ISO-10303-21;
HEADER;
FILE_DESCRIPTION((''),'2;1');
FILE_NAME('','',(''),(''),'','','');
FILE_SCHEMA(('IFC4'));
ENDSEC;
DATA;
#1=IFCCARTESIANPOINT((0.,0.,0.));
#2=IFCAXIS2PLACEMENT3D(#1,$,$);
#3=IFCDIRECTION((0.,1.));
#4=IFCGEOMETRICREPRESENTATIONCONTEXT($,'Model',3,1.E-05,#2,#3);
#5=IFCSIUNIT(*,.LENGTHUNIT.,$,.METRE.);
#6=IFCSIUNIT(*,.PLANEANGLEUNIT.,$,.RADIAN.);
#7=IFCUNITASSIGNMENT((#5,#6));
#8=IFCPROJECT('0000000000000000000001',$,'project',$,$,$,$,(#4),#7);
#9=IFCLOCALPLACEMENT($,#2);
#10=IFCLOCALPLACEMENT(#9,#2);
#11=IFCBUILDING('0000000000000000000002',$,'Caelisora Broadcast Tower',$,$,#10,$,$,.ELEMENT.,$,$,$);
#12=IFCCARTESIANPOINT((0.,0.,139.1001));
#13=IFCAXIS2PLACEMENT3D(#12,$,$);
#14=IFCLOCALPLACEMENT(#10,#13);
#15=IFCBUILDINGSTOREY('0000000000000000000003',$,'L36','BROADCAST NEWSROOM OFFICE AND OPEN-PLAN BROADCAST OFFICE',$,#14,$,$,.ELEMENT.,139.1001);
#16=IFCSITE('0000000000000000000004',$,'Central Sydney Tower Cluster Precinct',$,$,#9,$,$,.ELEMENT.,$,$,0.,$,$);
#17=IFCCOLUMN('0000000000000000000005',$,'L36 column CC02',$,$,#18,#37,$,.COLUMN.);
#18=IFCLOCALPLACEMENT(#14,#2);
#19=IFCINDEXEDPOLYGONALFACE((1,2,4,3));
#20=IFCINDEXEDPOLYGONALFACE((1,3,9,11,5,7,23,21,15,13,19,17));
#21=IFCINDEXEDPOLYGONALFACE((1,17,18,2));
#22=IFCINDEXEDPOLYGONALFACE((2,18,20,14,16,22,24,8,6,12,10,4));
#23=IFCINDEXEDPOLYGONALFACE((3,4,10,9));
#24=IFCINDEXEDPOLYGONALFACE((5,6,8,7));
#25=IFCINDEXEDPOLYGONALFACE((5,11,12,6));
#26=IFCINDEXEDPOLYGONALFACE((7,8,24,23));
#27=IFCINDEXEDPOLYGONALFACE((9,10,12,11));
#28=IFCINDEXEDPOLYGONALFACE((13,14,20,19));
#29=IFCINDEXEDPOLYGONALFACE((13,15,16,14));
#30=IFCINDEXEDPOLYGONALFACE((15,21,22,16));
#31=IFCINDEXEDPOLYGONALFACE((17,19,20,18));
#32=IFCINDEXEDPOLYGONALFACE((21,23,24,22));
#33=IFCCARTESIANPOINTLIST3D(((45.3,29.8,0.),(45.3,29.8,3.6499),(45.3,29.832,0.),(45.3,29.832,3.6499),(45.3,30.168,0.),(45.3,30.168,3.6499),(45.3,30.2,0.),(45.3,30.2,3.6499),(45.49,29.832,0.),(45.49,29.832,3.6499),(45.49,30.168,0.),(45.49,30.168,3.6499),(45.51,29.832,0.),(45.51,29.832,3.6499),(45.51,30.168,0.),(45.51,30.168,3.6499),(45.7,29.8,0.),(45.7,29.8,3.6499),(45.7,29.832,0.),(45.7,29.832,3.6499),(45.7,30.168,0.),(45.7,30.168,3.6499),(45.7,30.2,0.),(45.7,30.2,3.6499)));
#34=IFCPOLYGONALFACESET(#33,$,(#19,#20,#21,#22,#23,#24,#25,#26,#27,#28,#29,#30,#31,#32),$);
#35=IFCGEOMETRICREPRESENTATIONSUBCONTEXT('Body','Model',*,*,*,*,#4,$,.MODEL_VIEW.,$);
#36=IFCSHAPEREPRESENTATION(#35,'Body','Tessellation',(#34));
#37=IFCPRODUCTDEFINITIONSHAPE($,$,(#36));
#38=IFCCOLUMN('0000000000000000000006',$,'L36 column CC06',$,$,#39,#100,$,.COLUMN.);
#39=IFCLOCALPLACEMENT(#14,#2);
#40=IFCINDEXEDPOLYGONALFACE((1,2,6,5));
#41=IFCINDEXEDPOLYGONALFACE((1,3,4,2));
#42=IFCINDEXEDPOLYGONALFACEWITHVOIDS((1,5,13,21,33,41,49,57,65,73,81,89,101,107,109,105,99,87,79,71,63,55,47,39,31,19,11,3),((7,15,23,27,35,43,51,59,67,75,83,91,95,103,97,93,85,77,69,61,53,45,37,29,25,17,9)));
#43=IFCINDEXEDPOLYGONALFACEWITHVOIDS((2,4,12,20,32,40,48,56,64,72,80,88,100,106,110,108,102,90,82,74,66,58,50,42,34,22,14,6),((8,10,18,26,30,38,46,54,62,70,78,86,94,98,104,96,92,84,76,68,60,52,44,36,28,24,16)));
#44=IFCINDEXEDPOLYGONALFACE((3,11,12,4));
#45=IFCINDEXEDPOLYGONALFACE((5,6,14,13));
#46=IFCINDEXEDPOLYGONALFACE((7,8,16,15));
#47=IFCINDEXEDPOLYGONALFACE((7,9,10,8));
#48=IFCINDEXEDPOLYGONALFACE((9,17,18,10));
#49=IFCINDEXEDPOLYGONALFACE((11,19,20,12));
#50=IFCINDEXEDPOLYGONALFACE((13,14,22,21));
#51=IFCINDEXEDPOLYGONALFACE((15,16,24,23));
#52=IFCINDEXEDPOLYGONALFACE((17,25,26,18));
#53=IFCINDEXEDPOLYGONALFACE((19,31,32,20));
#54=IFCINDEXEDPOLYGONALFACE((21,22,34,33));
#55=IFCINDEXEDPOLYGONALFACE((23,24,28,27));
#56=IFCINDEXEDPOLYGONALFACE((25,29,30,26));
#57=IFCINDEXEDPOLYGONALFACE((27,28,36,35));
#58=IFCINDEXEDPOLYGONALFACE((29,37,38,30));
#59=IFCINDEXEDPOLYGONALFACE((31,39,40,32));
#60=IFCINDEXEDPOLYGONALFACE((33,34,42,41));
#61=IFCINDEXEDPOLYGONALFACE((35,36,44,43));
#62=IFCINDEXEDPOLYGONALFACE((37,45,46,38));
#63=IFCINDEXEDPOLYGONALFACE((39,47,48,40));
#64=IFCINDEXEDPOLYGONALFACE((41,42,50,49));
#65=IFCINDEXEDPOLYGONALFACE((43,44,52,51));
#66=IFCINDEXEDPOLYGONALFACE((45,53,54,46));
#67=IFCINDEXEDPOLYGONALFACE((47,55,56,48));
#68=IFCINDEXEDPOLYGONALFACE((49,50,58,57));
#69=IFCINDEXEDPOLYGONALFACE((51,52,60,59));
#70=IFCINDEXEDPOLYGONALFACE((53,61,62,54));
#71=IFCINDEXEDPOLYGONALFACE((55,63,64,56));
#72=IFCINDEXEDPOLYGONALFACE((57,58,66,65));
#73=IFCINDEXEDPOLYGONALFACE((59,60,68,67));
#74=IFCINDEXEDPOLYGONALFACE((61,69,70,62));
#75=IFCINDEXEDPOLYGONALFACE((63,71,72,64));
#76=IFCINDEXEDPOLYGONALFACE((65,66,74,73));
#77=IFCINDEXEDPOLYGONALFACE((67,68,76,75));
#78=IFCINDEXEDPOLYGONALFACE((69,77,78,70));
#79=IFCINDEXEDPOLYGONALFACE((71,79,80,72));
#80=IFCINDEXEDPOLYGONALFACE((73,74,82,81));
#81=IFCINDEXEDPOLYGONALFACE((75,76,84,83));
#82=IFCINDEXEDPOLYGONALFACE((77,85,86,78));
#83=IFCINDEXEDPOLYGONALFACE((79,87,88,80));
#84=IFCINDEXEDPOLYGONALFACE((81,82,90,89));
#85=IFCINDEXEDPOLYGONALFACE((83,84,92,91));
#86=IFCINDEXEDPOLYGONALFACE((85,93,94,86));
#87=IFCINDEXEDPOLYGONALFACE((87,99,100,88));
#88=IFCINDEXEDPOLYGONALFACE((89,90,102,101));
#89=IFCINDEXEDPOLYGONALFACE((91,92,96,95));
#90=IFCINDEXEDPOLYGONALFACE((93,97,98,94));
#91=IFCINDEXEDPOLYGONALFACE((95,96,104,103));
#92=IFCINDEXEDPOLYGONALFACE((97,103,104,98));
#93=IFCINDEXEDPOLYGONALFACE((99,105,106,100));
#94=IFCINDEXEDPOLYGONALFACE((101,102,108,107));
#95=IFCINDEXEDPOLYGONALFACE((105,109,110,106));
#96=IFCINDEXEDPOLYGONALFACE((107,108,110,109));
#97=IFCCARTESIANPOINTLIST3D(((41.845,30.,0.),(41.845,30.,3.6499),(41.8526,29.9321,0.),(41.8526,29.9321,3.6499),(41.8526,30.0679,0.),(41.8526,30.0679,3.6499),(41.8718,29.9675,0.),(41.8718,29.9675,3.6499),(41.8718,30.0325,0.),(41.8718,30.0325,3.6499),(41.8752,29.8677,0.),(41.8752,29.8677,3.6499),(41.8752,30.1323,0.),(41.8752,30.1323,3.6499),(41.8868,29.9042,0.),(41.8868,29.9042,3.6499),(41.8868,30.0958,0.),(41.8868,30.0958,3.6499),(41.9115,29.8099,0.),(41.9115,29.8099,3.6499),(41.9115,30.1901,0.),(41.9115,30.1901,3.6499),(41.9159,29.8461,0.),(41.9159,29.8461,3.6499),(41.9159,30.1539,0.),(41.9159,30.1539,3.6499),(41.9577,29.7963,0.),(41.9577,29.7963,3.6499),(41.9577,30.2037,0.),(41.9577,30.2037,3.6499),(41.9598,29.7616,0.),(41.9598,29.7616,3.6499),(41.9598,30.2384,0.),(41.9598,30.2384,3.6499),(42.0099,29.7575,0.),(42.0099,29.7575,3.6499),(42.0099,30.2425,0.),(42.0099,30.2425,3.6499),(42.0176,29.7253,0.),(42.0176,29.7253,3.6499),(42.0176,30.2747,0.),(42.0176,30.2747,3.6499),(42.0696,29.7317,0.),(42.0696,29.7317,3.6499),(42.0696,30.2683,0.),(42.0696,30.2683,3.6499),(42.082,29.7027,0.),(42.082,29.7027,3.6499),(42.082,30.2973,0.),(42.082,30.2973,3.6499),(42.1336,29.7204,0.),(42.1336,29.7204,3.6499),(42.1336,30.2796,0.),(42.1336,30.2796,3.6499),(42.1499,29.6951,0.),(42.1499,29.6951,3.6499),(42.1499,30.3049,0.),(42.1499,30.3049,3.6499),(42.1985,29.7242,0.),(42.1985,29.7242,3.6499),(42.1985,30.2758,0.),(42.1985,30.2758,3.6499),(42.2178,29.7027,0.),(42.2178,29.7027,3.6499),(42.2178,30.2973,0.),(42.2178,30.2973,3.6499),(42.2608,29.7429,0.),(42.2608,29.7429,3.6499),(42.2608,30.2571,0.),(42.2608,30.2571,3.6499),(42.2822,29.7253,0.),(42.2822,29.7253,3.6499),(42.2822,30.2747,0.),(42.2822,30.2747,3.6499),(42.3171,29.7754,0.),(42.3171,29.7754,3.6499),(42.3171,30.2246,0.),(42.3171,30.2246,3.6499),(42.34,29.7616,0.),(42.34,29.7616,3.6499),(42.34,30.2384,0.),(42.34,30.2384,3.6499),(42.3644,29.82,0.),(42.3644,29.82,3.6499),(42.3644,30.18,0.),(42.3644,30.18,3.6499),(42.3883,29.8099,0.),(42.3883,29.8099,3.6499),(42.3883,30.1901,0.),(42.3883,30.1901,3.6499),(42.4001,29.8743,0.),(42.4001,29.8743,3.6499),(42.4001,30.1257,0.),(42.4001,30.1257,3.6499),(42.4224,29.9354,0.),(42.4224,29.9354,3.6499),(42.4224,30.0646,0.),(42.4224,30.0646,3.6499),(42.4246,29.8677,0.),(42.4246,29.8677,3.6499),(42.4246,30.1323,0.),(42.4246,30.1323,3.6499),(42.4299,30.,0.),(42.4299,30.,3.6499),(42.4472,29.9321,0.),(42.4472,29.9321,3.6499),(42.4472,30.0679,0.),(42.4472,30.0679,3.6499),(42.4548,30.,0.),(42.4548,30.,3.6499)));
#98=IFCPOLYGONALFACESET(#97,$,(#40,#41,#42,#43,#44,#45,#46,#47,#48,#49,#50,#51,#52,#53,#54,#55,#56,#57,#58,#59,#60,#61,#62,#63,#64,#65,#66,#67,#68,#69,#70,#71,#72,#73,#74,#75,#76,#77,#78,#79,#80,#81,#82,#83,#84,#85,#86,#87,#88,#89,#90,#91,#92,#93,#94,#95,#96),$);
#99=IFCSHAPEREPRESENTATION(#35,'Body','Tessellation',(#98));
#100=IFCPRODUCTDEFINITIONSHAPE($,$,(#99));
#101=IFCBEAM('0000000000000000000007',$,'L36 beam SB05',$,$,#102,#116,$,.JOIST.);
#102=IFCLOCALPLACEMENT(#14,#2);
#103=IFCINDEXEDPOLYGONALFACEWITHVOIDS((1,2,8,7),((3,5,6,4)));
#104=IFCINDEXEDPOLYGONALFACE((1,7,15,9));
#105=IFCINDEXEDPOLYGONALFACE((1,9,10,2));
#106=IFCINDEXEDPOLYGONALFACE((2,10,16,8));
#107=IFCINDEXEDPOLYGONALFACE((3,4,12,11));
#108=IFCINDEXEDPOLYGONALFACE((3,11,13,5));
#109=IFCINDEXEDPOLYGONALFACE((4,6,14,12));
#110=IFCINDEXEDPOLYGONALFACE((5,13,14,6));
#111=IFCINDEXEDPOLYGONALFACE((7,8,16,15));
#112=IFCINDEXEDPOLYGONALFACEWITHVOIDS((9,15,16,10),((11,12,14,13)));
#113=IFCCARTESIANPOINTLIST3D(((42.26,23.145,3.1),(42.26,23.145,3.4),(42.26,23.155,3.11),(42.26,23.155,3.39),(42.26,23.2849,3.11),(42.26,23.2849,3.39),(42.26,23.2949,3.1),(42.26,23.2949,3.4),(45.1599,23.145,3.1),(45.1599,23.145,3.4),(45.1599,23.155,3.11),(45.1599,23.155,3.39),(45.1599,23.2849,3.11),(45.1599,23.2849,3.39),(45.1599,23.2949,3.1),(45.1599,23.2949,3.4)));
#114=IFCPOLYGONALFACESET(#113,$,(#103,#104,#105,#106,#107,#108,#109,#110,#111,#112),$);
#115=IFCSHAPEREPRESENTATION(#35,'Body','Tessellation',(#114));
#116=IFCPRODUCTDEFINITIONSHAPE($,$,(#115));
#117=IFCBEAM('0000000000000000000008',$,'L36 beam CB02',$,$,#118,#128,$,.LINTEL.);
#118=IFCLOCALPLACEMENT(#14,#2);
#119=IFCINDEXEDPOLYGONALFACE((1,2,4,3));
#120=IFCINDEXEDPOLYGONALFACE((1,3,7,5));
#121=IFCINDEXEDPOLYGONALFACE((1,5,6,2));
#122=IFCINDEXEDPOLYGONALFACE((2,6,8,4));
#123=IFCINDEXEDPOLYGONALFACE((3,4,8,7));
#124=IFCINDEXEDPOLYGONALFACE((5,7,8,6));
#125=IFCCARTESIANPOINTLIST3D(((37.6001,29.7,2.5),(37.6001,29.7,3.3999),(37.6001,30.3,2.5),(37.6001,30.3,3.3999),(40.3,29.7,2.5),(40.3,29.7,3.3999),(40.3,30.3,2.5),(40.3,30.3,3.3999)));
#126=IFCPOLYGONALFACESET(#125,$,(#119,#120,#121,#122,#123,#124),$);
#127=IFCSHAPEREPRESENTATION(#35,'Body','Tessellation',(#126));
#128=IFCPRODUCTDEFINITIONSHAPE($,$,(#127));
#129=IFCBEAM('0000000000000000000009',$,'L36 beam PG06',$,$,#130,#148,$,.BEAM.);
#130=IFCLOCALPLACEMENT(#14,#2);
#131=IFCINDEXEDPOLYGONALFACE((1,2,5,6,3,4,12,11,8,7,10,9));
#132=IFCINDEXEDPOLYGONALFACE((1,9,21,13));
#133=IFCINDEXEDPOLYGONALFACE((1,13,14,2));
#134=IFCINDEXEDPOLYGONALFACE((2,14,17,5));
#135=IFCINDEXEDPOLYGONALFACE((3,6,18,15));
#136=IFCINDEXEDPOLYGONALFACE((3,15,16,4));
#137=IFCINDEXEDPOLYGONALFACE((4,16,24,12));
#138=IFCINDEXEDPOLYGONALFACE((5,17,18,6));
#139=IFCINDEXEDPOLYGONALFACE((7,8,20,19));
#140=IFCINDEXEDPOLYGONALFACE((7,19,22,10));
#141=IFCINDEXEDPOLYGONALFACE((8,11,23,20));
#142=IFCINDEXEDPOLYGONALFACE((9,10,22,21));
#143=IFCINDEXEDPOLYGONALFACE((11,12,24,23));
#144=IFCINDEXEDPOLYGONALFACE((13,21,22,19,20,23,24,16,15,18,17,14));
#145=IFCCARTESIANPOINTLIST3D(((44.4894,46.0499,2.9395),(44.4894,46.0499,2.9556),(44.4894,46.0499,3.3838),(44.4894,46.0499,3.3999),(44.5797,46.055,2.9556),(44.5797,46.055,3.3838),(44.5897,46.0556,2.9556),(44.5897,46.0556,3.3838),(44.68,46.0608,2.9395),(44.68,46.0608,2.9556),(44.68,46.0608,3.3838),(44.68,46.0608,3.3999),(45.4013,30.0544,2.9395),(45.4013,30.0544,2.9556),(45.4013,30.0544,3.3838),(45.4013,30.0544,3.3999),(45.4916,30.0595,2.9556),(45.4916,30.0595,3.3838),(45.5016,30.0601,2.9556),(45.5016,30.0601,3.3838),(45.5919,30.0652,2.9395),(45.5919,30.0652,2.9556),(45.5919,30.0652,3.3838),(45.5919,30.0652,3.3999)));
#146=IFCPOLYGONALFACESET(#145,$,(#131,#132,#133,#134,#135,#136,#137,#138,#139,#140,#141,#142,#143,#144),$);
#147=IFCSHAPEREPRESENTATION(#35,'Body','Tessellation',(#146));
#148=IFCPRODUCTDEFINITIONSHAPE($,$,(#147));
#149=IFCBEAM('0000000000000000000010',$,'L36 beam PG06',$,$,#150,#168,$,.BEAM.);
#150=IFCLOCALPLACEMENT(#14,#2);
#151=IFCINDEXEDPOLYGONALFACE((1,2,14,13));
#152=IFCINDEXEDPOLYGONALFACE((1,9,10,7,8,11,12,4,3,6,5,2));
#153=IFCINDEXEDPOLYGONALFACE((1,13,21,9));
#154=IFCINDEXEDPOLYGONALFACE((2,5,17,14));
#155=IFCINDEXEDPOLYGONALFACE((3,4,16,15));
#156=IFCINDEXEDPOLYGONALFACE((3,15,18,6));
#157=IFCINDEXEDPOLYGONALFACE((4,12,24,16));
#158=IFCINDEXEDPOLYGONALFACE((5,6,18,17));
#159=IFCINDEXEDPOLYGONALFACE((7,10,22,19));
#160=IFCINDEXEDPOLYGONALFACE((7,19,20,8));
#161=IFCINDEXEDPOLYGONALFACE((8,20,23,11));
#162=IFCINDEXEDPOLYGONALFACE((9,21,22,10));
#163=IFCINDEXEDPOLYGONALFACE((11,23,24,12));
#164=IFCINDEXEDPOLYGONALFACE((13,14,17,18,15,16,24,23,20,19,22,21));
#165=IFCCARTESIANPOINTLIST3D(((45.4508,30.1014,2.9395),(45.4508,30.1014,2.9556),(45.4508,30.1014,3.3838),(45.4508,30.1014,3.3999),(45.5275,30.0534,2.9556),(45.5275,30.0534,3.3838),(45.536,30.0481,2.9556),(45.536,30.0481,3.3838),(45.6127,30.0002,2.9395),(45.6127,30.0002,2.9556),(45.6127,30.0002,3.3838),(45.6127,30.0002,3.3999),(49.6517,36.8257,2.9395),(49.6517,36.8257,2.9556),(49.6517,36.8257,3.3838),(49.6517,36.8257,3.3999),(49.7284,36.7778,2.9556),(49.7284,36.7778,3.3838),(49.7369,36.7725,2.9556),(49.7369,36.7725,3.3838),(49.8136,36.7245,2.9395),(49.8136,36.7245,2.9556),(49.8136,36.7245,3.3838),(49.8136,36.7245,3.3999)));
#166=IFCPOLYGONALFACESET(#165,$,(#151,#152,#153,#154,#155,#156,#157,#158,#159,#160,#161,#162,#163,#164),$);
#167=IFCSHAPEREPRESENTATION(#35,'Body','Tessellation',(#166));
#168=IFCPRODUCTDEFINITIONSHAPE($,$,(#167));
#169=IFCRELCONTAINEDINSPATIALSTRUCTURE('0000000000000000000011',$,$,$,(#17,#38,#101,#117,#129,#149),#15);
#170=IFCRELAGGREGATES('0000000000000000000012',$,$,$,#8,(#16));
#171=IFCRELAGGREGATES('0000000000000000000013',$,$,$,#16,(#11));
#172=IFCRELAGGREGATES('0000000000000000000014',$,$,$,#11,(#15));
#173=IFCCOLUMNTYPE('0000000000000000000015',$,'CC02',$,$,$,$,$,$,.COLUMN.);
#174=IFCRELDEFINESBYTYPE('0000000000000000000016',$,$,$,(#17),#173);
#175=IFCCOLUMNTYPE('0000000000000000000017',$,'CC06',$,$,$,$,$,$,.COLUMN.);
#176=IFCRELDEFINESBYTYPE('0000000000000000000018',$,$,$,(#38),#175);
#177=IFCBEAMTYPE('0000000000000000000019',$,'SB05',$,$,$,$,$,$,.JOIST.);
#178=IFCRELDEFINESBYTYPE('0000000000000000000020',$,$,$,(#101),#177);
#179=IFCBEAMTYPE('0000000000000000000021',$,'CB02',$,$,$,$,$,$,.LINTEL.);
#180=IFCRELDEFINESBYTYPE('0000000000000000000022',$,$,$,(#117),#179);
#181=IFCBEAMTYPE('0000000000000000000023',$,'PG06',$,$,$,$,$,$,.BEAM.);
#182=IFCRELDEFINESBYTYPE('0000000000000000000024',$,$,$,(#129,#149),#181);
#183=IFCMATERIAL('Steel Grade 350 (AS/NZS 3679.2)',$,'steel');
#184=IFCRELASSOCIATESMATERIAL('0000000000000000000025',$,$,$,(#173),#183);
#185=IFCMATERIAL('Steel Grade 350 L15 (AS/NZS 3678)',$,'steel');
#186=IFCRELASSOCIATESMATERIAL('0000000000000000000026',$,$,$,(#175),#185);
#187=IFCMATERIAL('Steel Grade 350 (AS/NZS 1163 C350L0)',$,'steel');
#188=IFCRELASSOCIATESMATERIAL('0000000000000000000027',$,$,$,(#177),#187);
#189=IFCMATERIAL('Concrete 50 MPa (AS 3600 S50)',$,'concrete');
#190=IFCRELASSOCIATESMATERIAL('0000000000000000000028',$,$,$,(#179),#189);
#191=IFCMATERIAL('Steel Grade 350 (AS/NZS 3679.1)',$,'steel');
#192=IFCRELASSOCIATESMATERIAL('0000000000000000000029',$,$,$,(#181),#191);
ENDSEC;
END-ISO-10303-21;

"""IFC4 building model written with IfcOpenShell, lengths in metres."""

from ifc_helpers import new_model, si_unit, direction, frame, origin, origin_2d, place, context, subcontext, project, spatial, rectangle, hollow_rectangle, hollow_circle, i_section, extrude, source, transform, mapped, material, material_profile, profile_set, type_object, type_shapes, element, save


model = new_model("IFC4")

# Units and contexts
model_context = context("Model", 3, precision=1e-05, world=origin(), true_north=direction((0.0, 1.0)))
body_context = subcontext(model_context, "Body", "Model", "MODEL_VIEW")
ifc_project = project(units=[si_unit("LENGTHUNIT", "METRE"), si_unit("PLANEANGLEUNIT", "RADIAN")], contexts=[model_context])

# Site, building, storey
site_placement = place(None, origin())
site = spatial("IfcSite", under=ifc_project, at=site_placement, Name="Central Sydney Tower Cluster Precinct", CompositionType="ELEMENT", RefElevation=0.0)
building_placement = place(site_placement, origin())
building = spatial("IfcBuilding", under=site, at=building_placement, Name="Caelisora Broadcast Tower", CompositionType="ELEMENT")
storey_placement = place(building_placement, frame((0.0, 0.0, 139.1001)))
storey = spatial("IfcBuildingStorey", under=building, at=storey_placement, Name="L36", Description="BROADCAST NEWSROOM OFFICE AND OPEN-PLAN BROADCAST OFFICE", CompositionType="ELEMENT", Elevation=139.1001)

# Columns
ifc_material_1 = material(Name="Steel Grade 350 (AS/NZS 3679.2)", Category="steel")
ifc_material_profile_1 = material_profile(ifc_material_1, i_section(OverallWidth=0.3999, OverallDepth=0.3999, WebThickness=0.02, FlangeThickness=0.032, at=origin_2d()), Name="Steel Grade 350 (AS/NZS 3679.2)")
ifc_profile_set_1 = profile_set([ifc_material_profile_1], Name="Steel Grade 350 (AS/NZS 3679.2)")
column_type_1 = type_object("IfcColumnType", Name="CC02", PredefinedType="COLUMN", material=ifc_profile_set_1)
shared_shape_1 = source(origin(), body_context, "Body", "SweptSolid", [
    extrude(i_section(OverallWidth=0.3999, OverallDepth=0.3999, WebThickness=0.02, FlangeThickness=0.032, at=origin_2d()), origin(), (0.0, 0.0, 1.0), 3.6499),
])
type_shapes(column_type_1, [shared_shape_1])
column_1_placement = place(storey_placement, frame((45.5, 30.0, 0.0), z_axis=(0.0, 0.0, 1.0), x_axis=(1.0, 0.0, 0.0)))
element("IfcColumn", 1, at=column_1_placement, inside=storey, type_object=column_type_1, Name="L36 column CC02", PredefinedType="COLUMN", context=body_context, shape_type="MappedRepresentation", body=[
    mapped(shared_shape_1, transform((0.0, 0.0, 0.0), scale=1.0)),
])
ifc_material_2 = material(Name="Steel Grade 350 L15 (AS/NZS 3678)", Category="steel")
ifc_material_profile_2 = material_profile(ifc_material_2, hollow_circle(Radius=0.3049, WallThickness=0.0249, at=origin_2d()), Name="Steel Grade 350 L15 (AS/NZS 3678)")
ifc_profile_set_2 = profile_set([ifc_material_profile_2], Name="Steel Grade 350 L15 (AS/NZS 3678)")
column_type_2 = type_object("IfcColumnType", Name="CC06", PredefinedType="COLUMN", material=ifc_profile_set_2)
shared_shape_2 = source(origin(), body_context, "Body", "SweptSolid", [
    extrude(hollow_circle(Radius=0.3049, WallThickness=0.0249, at=origin_2d()), origin(), (0.0, 0.0, 1.0), 3.6499),
])
type_shapes(column_type_2, [shared_shape_2])
column_2_placement = place(storey_placement, frame((42.1499, 30.0, 0.0), z_axis=(0.0, 0.0, 1.0), x_axis=(1.0, 0.0, 0.0)))
element("IfcColumn", 2, at=column_2_placement, inside=storey, type_object=column_type_2, Name="L36 column CC06", PredefinedType="COLUMN", context=body_context, shape_type="MappedRepresentation", body=[
    mapped(shared_shape_2, transform((0.0, 0.0, 0.0), scale=1.0)),
])

# Beams
ifc_material_3 = material(Name="Steel Grade 350 (AS/NZS 1163 C350L0)", Category="steel")
ifc_material_profile_3 = material_profile(ifc_material_3, hollow_rectangle(XDim=0.1499, YDim=0.3, WallThickness=0.01, at=origin_2d()), Name="Steel Grade 350 (AS/NZS 1163 C350L0)")
ifc_profile_set_3 = profile_set([ifc_material_profile_3], Name="Steel Grade 350 (AS/NZS 1163 C350L0)")
beam_type_1 = type_object("IfcBeamType", Name="SB05", PredefinedType="JOIST", material=ifc_profile_set_3)
shared_shape_3 = source(origin(), body_context, "Body", "SweptSolid", [
    extrude(hollow_rectangle(XDim=0.1499, YDim=0.3, WallThickness=0.01, at=origin_2d()), origin(), (0.0, 0.0, 1.0), 2.8999),
])
type_shapes(beam_type_1, [shared_shape_3])
beam_1_placement = place(storey_placement, frame((42.26, 23.22, 3.25), z_axis=(1.0, 0.0, 0.0), x_axis=(0.0, 1.0, 0.0)))
element("IfcBeam", 3, at=beam_1_placement, inside=storey, type_object=beam_type_1, Name="L36 beam SB05", PredefinedType="JOIST", context=body_context, shape_type="MappedRepresentation", body=[
    mapped(shared_shape_3, transform((0.0, 0.0, 0.0), scale=1.0)),
])
ifc_material_4 = material(Name="Concrete 50 MPa (AS 3600 S50)", Category="concrete")
ifc_material_profile_4 = material_profile(ifc_material_4, rectangle(XDim=0.6001, YDim=0.8999, at=origin_2d()), Name="Concrete 50 MPa (AS 3600 S50)")
ifc_profile_set_4 = profile_set([ifc_material_profile_4], Name="Concrete 50 MPa (AS 3600 S50)")
beam_type_2 = type_object("IfcBeamType", Name="CB02", PredefinedType="LINTEL", material=ifc_profile_set_4)
shared_shape_4 = source(origin(), body_context, "Body", "SweptSolid", [
    extrude(rectangle(XDim=0.6001, YDim=0.8999, at=origin_2d()), origin(), (0.0, 0.0, 1.0), 2.7),
])
type_shapes(beam_type_2, [shared_shape_4])
beam_2_placement = place(storey_placement, frame((37.6001, 30.0, 2.95), z_axis=(1.0, 0.0, 0.0), x_axis=(0.0, 1.0, 0.0)))
element("IfcBeam", 4, at=beam_2_placement, inside=storey, type_object=beam_type_2, Name="L36 beam CB02", PredefinedType="LINTEL", context=body_context, shape_type="MappedRepresentation", body=[
    mapped(shared_shape_4, transform((0.0, 0.0, 0.0), scale=1.0)),
])
ifc_material_5 = material(Name="Steel Grade 350 (AS/NZS 3679.1)", Category="steel")
ifc_material_profile_5 = material_profile(ifc_material_5, i_section(OverallWidth=0.1909, OverallDepth=0.4604, WebThickness=0.01, FlangeThickness=0.0161, at=origin_2d()), Name="Steel Grade 350 (AS/NZS 3679.1)")
ifc_profile_set_5 = profile_set([ifc_material_profile_5], Name="Steel Grade 350 (AS/NZS 3679.1)")
beam_type_3 = type_object("IfcBeamType", Name="PG06", PredefinedType="BEAM", material=ifc_profile_set_5)
shared_shape_5 = source(origin(), body_context, "Body", "SweptSolid", [
    extrude(i_section(OverallWidth=0.1909, OverallDepth=0.4604, WebThickness=0.01, FlangeThickness=0.0161, at=origin_2d()), origin(), (0.0, 0.0, 1.0), 16.0215),
])
beam_3_placement = place(storey_placement, frame((45.4966, 30.0598, 3.1697), z_axis=(-0.056915, 0.998379, 0.0), x_axis=(-0.998379, -0.056915, 0.0)))
element("IfcBeam", 5, at=beam_3_placement, inside=storey, type_object=beam_type_3, Name="L36 beam PG06", PredefinedType="BEAM", context=body_context, shape_type="MappedRepresentation", body=[
    mapped(shared_shape_5, transform((0.0, 0.0, 0.0), scale=1.0)),
])
shared_shape_6 = source(origin(), body_context, "Body", "SweptSolid", [
    extrude(i_section(OverallWidth=0.1909, OverallDepth=0.4604, WebThickness=0.01, FlangeThickness=0.0161, at=origin_2d()), origin(), (0.0, 0.0, 1.0), 7.9287),
])
beam_4_placement = place(storey_placement, frame((45.5317, 30.0508, 3.1697), z_axis=(0.529836, 0.8481, 0.0), x_axis=(-0.8481, 0.529836, 0.0)))
element("IfcBeam", 6, at=beam_4_placement, inside=storey, type_object=beam_type_3, Name="L36 beam PG06", PredefinedType="BEAM", context=body_context, shape_type="MappedRepresentation", body=[
    mapped(shared_shape_6, transform((0.0, 0.0, 0.0), scale=1.0)),
])

save(model, "model.ifc")
